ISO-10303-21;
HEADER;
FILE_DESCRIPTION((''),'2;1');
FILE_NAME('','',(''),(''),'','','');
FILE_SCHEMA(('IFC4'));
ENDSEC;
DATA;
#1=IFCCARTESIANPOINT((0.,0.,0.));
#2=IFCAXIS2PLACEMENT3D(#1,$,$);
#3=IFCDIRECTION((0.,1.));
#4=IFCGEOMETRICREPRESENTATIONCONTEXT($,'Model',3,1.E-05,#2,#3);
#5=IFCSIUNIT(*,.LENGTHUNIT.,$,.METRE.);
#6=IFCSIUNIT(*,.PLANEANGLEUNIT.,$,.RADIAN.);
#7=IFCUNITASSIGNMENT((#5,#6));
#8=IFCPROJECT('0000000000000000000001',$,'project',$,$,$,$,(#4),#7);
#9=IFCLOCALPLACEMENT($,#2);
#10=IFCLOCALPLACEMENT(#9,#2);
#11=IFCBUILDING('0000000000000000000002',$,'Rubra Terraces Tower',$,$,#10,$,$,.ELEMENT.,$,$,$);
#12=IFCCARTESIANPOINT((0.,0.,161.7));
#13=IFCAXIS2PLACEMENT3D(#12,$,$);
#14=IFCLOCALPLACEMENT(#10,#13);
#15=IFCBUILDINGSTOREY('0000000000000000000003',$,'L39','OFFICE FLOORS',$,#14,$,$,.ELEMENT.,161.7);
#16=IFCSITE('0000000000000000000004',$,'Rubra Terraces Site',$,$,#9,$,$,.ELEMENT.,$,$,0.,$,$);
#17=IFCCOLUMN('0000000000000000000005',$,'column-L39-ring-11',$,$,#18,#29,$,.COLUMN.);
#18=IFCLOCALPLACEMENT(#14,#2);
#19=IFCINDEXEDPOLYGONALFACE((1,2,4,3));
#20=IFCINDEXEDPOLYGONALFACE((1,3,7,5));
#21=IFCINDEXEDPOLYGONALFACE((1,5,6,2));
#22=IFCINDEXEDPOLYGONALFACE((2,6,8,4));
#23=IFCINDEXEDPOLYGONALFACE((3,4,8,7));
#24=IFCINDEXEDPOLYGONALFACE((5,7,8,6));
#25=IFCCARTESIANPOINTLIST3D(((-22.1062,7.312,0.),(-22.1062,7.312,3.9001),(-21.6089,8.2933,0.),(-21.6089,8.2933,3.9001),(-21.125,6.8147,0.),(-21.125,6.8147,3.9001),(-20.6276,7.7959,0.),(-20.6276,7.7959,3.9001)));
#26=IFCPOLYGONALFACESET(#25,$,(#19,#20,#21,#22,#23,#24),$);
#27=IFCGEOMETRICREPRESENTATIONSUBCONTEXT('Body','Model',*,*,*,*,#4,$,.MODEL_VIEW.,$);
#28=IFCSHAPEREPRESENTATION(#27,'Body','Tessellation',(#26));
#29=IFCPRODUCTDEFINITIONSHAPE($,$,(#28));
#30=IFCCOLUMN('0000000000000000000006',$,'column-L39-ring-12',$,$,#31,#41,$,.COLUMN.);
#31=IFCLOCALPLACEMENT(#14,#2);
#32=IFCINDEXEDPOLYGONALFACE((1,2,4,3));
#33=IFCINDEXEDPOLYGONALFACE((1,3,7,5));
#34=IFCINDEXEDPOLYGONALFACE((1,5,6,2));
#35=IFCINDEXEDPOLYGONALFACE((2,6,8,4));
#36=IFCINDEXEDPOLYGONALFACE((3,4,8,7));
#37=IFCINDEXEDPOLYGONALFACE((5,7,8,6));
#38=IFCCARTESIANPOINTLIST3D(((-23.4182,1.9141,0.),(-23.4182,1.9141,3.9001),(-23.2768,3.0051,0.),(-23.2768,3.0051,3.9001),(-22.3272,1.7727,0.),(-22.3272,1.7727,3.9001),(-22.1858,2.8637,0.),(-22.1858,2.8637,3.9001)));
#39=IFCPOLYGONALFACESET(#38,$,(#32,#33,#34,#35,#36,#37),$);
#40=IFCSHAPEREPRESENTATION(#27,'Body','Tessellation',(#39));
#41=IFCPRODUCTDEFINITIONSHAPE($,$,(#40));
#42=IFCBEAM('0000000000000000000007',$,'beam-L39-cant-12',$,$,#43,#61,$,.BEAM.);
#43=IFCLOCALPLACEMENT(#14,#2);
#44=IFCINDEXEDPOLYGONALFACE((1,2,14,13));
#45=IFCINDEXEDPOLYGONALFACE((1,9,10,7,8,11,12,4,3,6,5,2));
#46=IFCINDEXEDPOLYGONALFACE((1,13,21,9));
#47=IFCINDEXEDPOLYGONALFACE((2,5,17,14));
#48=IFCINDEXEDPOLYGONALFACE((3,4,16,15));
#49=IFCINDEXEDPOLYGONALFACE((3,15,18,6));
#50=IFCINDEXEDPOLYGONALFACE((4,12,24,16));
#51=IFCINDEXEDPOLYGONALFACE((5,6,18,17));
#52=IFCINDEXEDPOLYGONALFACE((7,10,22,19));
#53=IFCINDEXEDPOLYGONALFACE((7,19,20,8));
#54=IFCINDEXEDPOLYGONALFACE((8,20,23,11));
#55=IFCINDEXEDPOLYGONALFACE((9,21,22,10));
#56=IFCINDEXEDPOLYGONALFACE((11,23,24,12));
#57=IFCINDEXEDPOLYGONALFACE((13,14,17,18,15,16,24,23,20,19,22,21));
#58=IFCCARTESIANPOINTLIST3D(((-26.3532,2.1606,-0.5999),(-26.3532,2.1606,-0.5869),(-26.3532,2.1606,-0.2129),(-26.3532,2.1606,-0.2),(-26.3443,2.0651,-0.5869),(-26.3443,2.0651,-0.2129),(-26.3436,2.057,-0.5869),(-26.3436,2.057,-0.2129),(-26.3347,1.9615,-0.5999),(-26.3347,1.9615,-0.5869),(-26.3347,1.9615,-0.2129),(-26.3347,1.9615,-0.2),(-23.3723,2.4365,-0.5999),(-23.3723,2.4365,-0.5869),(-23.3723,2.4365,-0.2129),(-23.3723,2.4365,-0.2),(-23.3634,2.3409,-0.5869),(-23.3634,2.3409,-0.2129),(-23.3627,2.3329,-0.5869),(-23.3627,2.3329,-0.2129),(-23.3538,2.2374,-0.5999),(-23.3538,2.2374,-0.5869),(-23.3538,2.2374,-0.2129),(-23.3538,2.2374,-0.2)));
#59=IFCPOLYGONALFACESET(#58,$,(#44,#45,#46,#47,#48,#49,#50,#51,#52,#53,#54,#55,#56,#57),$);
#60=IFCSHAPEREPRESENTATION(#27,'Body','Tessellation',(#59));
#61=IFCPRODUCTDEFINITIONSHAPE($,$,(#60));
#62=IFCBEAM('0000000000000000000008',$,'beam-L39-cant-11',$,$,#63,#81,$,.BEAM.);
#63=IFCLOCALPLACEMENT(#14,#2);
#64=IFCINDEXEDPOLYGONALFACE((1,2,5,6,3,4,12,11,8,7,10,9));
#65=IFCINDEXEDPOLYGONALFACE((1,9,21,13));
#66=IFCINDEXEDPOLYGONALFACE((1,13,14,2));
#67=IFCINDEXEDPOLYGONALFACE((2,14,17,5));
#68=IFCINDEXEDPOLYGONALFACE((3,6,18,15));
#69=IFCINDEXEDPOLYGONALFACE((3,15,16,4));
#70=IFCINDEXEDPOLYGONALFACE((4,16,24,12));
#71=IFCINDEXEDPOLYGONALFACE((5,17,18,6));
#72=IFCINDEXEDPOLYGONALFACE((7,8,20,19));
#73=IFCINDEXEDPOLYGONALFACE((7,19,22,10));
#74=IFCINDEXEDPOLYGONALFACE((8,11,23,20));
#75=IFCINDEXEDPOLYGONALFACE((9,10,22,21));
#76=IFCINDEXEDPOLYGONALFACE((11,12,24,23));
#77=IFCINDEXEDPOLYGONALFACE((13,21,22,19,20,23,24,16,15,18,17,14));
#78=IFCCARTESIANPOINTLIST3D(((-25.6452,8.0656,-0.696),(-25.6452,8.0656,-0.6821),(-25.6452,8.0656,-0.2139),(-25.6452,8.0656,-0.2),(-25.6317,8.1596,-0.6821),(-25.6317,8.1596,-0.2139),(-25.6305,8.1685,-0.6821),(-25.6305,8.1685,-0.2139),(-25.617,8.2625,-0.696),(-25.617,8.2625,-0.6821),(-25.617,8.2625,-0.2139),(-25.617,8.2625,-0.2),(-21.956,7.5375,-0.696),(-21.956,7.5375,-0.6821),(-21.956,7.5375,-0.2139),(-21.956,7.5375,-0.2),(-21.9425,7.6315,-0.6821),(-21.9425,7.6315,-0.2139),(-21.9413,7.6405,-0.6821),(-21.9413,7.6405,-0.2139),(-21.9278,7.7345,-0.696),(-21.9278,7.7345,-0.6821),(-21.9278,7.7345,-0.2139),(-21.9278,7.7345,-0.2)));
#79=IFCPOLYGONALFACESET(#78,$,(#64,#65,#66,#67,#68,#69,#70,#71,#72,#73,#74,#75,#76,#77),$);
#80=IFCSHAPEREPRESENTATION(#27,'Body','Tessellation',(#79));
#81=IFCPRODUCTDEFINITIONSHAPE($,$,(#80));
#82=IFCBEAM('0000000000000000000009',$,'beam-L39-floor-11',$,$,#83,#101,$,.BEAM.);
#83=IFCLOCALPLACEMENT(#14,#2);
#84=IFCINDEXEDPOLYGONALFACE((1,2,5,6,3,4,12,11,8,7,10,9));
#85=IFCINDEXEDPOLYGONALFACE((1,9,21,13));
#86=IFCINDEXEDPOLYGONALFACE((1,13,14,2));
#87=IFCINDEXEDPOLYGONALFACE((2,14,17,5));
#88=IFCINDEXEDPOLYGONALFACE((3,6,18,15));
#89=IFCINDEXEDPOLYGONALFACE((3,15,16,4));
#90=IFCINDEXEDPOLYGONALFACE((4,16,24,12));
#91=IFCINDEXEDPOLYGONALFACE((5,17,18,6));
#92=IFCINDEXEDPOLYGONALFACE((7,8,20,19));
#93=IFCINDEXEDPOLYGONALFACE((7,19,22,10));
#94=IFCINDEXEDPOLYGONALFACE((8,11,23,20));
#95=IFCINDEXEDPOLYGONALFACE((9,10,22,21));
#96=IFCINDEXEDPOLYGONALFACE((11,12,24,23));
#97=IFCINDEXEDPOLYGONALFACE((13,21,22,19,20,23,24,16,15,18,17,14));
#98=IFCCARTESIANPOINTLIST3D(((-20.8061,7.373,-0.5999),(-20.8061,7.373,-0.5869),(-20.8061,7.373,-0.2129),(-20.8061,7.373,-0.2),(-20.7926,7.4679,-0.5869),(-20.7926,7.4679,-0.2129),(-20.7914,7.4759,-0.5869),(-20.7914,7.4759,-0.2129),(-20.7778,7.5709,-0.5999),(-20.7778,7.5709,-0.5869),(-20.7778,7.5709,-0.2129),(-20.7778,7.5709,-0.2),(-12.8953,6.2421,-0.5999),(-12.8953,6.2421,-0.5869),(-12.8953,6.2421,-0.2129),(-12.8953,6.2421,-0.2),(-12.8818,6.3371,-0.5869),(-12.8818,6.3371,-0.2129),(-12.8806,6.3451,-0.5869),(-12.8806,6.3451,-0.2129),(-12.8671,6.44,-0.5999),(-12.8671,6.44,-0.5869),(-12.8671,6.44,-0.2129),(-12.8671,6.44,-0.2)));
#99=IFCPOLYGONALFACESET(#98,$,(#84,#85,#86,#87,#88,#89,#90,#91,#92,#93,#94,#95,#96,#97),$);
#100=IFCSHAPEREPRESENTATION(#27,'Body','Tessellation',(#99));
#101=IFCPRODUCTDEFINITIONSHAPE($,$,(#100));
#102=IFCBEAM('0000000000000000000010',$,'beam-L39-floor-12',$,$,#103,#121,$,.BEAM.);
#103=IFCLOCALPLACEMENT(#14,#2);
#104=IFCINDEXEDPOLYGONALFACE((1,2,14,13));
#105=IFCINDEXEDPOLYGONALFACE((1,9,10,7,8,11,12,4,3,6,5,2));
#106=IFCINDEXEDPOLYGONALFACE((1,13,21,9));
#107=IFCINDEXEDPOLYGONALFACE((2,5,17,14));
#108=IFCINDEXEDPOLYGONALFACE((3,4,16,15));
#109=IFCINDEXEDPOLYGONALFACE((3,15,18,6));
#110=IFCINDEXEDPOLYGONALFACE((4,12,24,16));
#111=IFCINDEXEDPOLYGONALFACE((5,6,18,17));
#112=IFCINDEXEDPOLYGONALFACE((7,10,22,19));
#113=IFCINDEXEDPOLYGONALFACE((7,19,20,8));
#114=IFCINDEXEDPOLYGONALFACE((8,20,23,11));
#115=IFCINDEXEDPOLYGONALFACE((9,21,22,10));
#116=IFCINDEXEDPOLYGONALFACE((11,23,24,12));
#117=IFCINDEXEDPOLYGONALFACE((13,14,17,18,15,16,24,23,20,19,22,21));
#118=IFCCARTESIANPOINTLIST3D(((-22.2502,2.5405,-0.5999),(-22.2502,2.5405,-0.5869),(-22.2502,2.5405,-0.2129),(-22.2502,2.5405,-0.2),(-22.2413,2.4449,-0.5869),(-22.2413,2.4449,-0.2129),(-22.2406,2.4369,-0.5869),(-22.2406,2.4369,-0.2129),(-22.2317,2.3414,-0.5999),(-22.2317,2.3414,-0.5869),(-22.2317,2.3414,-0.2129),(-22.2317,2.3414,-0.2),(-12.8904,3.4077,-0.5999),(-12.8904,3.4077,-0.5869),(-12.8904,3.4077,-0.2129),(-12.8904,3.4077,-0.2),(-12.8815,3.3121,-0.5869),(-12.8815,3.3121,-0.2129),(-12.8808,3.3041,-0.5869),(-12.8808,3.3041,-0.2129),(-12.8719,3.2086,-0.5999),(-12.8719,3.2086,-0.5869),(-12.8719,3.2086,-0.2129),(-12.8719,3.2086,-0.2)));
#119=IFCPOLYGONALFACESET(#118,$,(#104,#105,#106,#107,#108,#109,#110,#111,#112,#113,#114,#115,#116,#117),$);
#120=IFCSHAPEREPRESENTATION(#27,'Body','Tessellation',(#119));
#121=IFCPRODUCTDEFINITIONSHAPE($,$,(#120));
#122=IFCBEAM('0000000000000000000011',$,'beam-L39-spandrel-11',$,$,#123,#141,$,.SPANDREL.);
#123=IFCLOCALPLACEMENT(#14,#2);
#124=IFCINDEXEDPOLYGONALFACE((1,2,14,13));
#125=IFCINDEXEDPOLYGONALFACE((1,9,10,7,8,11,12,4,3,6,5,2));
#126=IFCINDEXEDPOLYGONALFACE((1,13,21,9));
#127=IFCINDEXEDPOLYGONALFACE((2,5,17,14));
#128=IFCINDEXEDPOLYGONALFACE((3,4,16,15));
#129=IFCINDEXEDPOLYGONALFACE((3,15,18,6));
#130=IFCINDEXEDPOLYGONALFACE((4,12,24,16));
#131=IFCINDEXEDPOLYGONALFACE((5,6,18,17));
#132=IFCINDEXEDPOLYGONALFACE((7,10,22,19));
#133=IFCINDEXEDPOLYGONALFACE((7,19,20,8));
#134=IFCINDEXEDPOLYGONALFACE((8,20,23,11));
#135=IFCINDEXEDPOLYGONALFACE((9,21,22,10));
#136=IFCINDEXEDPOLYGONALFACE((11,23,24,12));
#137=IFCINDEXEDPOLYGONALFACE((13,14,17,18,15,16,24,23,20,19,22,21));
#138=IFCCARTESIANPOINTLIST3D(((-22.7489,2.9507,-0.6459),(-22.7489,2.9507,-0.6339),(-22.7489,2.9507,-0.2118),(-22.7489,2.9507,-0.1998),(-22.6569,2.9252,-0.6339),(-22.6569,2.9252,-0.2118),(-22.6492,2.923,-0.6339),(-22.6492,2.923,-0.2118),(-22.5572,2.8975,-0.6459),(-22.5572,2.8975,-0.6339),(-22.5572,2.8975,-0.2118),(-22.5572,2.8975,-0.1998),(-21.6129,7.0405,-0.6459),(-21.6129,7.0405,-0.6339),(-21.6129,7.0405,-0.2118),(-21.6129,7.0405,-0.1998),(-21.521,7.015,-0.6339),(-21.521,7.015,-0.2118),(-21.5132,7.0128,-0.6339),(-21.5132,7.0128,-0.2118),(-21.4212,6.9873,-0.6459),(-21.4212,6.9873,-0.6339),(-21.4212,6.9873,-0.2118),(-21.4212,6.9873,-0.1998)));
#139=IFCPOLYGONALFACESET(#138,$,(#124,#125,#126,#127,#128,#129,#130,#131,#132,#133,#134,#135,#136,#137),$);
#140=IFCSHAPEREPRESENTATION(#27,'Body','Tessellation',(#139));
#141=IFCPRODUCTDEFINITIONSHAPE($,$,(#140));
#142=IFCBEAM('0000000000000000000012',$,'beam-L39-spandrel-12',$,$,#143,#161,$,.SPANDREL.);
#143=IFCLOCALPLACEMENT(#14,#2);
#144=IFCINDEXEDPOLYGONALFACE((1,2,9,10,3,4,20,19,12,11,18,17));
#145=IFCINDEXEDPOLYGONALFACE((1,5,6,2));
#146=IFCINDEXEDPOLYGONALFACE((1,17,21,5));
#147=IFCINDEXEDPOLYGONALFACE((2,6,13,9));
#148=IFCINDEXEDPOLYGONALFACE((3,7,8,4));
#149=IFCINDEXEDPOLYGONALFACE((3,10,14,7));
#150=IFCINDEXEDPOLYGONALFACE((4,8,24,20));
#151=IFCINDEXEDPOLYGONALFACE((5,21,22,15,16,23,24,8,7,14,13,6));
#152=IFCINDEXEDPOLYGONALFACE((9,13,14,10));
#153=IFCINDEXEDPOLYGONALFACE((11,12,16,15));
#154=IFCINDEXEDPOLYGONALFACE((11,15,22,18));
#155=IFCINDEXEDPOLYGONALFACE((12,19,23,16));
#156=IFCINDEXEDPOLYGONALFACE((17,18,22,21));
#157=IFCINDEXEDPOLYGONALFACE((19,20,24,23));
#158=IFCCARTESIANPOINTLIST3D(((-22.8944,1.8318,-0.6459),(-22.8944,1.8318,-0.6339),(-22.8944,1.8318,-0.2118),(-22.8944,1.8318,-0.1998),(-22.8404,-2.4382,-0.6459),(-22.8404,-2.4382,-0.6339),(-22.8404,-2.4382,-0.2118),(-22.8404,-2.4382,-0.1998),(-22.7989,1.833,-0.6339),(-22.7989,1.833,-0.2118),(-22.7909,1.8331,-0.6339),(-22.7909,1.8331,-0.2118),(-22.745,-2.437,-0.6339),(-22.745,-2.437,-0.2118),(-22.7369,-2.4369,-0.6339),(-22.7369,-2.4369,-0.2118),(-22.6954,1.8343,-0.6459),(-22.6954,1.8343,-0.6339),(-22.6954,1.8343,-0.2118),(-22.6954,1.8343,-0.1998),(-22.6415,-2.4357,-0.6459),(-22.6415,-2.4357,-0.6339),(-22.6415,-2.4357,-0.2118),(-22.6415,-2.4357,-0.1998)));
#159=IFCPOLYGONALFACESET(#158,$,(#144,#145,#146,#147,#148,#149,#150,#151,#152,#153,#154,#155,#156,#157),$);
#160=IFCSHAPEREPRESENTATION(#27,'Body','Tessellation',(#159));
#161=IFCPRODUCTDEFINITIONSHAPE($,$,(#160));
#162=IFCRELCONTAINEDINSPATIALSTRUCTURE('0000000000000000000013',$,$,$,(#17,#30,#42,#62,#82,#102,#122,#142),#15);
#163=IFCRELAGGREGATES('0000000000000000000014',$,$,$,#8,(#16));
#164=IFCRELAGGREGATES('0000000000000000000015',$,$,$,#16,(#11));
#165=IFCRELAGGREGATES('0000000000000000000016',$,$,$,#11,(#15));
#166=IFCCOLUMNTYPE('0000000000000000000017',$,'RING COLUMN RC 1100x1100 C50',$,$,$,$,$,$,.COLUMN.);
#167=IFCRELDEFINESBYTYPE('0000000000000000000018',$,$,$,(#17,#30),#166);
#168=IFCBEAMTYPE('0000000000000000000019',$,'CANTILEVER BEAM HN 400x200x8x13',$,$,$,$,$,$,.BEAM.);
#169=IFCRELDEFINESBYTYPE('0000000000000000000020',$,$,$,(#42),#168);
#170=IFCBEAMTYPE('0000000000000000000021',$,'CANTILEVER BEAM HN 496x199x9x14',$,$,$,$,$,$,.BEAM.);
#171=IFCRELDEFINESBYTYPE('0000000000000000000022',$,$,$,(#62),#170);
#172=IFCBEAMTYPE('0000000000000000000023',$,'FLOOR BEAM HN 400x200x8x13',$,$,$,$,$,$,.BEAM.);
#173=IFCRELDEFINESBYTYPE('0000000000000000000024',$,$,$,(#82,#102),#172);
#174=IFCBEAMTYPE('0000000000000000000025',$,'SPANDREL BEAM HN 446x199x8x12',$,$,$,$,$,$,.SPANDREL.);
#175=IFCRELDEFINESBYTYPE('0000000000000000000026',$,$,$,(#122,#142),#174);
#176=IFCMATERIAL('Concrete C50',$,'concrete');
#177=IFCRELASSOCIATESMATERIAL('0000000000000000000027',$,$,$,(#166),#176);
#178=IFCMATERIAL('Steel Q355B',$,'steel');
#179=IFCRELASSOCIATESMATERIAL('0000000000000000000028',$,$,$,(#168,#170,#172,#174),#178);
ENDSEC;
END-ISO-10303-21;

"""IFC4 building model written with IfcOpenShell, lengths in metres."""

from ifc_helpers import new_model, si_unit, direction, frame, origin, origin_2d, place, context, subcontext, project, spatial, rectangle, i_section, extrude, material, material_profile, profile_set, type_object, element, save


model = new_model("IFC4")

# Units and contexts
model_context = context("Model", 3, precision=1e-05, world=origin(), true_north=direction((0.0, 1.0)))
body_context = subcontext(model_context, "Body", "Model", "MODEL_VIEW")
ifc_project = project(units=[si_unit("LENGTHUNIT", "METRE"), si_unit("PLANEANGLEUNIT", "RADIAN")], contexts=[model_context])

# Site, building, storey
site_placement = place(None, origin())
site = spatial("IfcSite", under=ifc_project, at=site_placement, Name="Rubra Terraces Site", CompositionType="ELEMENT", RefElevation=0.0)
building_placement = place(site_placement, origin())
building = spatial("IfcBuilding", under=site, at=building_placement, Name="Rubra Terraces Tower", CompositionType="ELEMENT")
storey_placement = place(building_placement, frame((0.0, 0.0, 161.7)))
storey = spatial("IfcBuildingStorey", under=building, at=storey_placement, Name="L39", Description="OFFICE FLOORS", CompositionType="ELEMENT", Elevation=161.7)

# Columns
ifc_material_1 = material(Name="Concrete C50", Category="concrete")
ifc_material_profile_1 = material_profile(ifc_material_1, rectangle(XDim=1.1001, YDim=1.1001, at=origin_2d()), Name="RC 1100x1100")
ifc_profile_set_1 = profile_set([ifc_material_profile_1], Name="Concrete C50")
column_type = type_object("IfcColumnType", Name="RING COLUMN RC 1100x1100 C50", PredefinedType="COLUMN", material=ifc_profile_set_1)
for number, where, z_axis, x_axis, name in (
    (1, (-21.3669, 7.554, 0.0), (0.0, 0.0, 1.0), (-0.452079, -0.891978, 0.0), "column-L39-ring-11"),
    (2, (-22.802, 2.3889, 0.0), (0.0, 0.0, 1.0), (-0.128535, -0.991705, 0.0), "column-L39-ring-12"),
):
    element("IfcColumn", number, at=place(storey_placement, frame(where, z_axis=z_axis, x_axis=x_axis)), inside=storey, type_object=column_type, Name=name, PredefinedType="COLUMN", context=body_context, shape_type="SweptSolid", body=[
        extrude(rectangle(XDim=1.1001, YDim=1.1001, at=origin_2d()), origin(), (0.0, 0.0, 1.0), 3.9001),
    ])

# Beams
ifc_material_2 = material(Name="Steel Q355B", Category="steel")
ifc_material_profile_2 = material_profile(ifc_material_2, i_section(OverallWidth=0.2, OverallDepth=0.3999, WebThickness=0.0081, FlangeThickness=0.0129, at=origin_2d()), Name="HN 400x200x8x13")
ifc_profile_set_2 = profile_set([ifc_material_profile_2], Name="Steel Q355B")
beam_type_1 = type_object("IfcBeamType", Name="CANTILEVER BEAM HN 400x200x8x13", PredefinedType="BEAM", material=ifc_profile_set_2)
beam_1_placement = place(storey_placement, frame((-23.363, 2.3369, -0.3999), z_axis=(-0.995745, -0.092153, 0.0), x_axis=(0.092153, -0.995745, 0.0)))
element("IfcBeam", 3, at=beam_1_placement, inside=storey, type_object=beam_type_1, Name="beam-L39-cant-12", PredefinedType="BEAM", context=body_context, shape_type="SweptSolid", body=[
    extrude(i_section(OverallWidth=0.2, OverallDepth=0.3999, WebThickness=0.0081, FlangeThickness=0.0129, at=origin_2d()), origin(), (0.0, 0.0, 1.0), 2.9937),
])
ifc_material_profile_3 = material_profile(ifc_material_2, i_section(OverallWidth=0.199, OverallDepth=0.4961, WebThickness=0.009, FlangeThickness=0.0139, at=origin_2d()), Name="HN 496x199x9x14")
ifc_profile_set_3 = profile_set([ifc_material_profile_3], Name="Steel Q355B")
beam_type_2 = type_object("IfcBeamType", Name="CANTILEVER BEAM HN 496x199x9x14", PredefinedType="BEAM", material=ifc_profile_set_3)
beam_2_placement = place(storey_placement, frame((-21.9419, 7.636, -0.448), z_axis=(-0.98991, 0.141696, 0.0), x_axis=(-0.141696, -0.98991, 0.0)))
element("IfcBeam", 4, at=beam_2_placement, inside=storey, type_object=beam_type_2, Name="beam-L39-cant-11", PredefinedType="BEAM", context=body_context, shape_type="SweptSolid", body=[
    extrude(i_section(OverallWidth=0.199, OverallDepth=0.4961, WebThickness=0.009, FlangeThickness=0.0139, at=origin_2d()), origin(), (0.0, 0.0, 1.0), 3.7268),
])
ifc_material_profile_4 = material_profile(ifc_material_2, i_section(OverallWidth=0.2, OverallDepth=0.3999, WebThickness=0.0081, FlangeThickness=0.0129, at=origin_2d()), Name="HN 400x200x8x13")
ifc_profile_set_4 = profile_set([ifc_material_profile_4], Name="Steel Q355B")
beam_type_3 = type_object("IfcBeamType", Name="FLOOR BEAM HN 400x200x8x13", PredefinedType="BEAM", material=ifc_profile_set_4)
beam_3_placement = place(storey_placement, frame((-20.792, 7.4719, -0.3999), z_axis=(0.989937, -0.141511, 0.0), x_axis=(0.141511, 0.989937, 0.0)))
element("IfcBeam", 5, at=beam_3_placement, inside=storey, type_object=beam_type_3, Name="beam-L39-floor-11", PredefinedType="BEAM", context=body_context, shape_type="SweptSolid", body=[
    extrude(i_section(OverallWidth=0.2, OverallDepth=0.3999, WebThickness=0.0081, FlangeThickness=0.0129, at=origin_2d()), origin(), (0.0, 0.0, 1.0), 7.9912),
])
beam_4_placement = place(storey_placement, frame((-22.241, 2.4409, -0.3999), z_axis=(0.995735, 0.092254, 0.0), x_axis=(-0.092254, 0.995735, 0.0)))
element("IfcBeam", 6, at=beam_4_placement, inside=storey, type_object=beam_type_3, Name="beam-L39-floor-12", PredefinedType="BEAM", context=body_context, shape_type="SweptSolid", body=[
    extrude(i_section(OverallWidth=0.2, OverallDepth=0.3999, WebThickness=0.0081, FlangeThickness=0.0129, at=origin_2d()), origin(), (0.0, 0.0, 1.0), 9.3999),
])
ifc_material_profile_5 = material_profile(ifc_material_2, i_section(OverallWidth=0.199, OverallDepth=0.446, WebThickness=0.0081, FlangeThickness=0.012, at=origin_2d()), Name="HN 446x199x8x12")
ifc_profile_set_5 = profile_set([ifc_material_profile_5], Name="Steel Q355B")
beam_type_4 = type_object("IfcBeamType", Name="SPANDREL BEAM HN 446x199x8x12", PredefinedType="SPANDREL", material=ifc_profile_set_5)
beam_5_placement = place(storey_placement, frame((-21.5171, 7.0139, -0.4229), z_axis=(-0.267626, -0.963523, 0.0), x_axis=(0.963523, -0.267626, 0.0)))
element("IfcBeam", 7, at=beam_5_placement, inside=storey, type_object=beam_type_4, Name="beam-L39-spandrel-11", PredefinedType="SPANDREL", context=body_context, shape_type="SweptSolid", body=[
    extrude(i_section(OverallWidth=0.199, OverallDepth=0.446, WebThickness=0.0081, FlangeThickness=0.012, at=origin_2d()), origin(), (0.0, 0.0, 1.0), 4.2446),
])
beam_6_placement = place(storey_placement, frame((-22.7949, 1.833, -0.4229), z_axis=(0.012635, -0.99992, 0.0), x_axis=(0.99992, 0.012635, 0.0)))
element("IfcBeam", 8, at=beam_6_placement, inside=storey, type_object=beam_type_4, Name="beam-L39-spandrel-12", PredefinedType="SPANDREL", context=body_context, shape_type="SweptSolid", body=[
    extrude(i_section(OverallWidth=0.199, OverallDepth=0.446, WebThickness=0.0081, FlangeThickness=0.012, at=origin_2d()), origin(), (0.0, 0.0, 1.0), 4.2703),
])

save(model, "model.ifc")
